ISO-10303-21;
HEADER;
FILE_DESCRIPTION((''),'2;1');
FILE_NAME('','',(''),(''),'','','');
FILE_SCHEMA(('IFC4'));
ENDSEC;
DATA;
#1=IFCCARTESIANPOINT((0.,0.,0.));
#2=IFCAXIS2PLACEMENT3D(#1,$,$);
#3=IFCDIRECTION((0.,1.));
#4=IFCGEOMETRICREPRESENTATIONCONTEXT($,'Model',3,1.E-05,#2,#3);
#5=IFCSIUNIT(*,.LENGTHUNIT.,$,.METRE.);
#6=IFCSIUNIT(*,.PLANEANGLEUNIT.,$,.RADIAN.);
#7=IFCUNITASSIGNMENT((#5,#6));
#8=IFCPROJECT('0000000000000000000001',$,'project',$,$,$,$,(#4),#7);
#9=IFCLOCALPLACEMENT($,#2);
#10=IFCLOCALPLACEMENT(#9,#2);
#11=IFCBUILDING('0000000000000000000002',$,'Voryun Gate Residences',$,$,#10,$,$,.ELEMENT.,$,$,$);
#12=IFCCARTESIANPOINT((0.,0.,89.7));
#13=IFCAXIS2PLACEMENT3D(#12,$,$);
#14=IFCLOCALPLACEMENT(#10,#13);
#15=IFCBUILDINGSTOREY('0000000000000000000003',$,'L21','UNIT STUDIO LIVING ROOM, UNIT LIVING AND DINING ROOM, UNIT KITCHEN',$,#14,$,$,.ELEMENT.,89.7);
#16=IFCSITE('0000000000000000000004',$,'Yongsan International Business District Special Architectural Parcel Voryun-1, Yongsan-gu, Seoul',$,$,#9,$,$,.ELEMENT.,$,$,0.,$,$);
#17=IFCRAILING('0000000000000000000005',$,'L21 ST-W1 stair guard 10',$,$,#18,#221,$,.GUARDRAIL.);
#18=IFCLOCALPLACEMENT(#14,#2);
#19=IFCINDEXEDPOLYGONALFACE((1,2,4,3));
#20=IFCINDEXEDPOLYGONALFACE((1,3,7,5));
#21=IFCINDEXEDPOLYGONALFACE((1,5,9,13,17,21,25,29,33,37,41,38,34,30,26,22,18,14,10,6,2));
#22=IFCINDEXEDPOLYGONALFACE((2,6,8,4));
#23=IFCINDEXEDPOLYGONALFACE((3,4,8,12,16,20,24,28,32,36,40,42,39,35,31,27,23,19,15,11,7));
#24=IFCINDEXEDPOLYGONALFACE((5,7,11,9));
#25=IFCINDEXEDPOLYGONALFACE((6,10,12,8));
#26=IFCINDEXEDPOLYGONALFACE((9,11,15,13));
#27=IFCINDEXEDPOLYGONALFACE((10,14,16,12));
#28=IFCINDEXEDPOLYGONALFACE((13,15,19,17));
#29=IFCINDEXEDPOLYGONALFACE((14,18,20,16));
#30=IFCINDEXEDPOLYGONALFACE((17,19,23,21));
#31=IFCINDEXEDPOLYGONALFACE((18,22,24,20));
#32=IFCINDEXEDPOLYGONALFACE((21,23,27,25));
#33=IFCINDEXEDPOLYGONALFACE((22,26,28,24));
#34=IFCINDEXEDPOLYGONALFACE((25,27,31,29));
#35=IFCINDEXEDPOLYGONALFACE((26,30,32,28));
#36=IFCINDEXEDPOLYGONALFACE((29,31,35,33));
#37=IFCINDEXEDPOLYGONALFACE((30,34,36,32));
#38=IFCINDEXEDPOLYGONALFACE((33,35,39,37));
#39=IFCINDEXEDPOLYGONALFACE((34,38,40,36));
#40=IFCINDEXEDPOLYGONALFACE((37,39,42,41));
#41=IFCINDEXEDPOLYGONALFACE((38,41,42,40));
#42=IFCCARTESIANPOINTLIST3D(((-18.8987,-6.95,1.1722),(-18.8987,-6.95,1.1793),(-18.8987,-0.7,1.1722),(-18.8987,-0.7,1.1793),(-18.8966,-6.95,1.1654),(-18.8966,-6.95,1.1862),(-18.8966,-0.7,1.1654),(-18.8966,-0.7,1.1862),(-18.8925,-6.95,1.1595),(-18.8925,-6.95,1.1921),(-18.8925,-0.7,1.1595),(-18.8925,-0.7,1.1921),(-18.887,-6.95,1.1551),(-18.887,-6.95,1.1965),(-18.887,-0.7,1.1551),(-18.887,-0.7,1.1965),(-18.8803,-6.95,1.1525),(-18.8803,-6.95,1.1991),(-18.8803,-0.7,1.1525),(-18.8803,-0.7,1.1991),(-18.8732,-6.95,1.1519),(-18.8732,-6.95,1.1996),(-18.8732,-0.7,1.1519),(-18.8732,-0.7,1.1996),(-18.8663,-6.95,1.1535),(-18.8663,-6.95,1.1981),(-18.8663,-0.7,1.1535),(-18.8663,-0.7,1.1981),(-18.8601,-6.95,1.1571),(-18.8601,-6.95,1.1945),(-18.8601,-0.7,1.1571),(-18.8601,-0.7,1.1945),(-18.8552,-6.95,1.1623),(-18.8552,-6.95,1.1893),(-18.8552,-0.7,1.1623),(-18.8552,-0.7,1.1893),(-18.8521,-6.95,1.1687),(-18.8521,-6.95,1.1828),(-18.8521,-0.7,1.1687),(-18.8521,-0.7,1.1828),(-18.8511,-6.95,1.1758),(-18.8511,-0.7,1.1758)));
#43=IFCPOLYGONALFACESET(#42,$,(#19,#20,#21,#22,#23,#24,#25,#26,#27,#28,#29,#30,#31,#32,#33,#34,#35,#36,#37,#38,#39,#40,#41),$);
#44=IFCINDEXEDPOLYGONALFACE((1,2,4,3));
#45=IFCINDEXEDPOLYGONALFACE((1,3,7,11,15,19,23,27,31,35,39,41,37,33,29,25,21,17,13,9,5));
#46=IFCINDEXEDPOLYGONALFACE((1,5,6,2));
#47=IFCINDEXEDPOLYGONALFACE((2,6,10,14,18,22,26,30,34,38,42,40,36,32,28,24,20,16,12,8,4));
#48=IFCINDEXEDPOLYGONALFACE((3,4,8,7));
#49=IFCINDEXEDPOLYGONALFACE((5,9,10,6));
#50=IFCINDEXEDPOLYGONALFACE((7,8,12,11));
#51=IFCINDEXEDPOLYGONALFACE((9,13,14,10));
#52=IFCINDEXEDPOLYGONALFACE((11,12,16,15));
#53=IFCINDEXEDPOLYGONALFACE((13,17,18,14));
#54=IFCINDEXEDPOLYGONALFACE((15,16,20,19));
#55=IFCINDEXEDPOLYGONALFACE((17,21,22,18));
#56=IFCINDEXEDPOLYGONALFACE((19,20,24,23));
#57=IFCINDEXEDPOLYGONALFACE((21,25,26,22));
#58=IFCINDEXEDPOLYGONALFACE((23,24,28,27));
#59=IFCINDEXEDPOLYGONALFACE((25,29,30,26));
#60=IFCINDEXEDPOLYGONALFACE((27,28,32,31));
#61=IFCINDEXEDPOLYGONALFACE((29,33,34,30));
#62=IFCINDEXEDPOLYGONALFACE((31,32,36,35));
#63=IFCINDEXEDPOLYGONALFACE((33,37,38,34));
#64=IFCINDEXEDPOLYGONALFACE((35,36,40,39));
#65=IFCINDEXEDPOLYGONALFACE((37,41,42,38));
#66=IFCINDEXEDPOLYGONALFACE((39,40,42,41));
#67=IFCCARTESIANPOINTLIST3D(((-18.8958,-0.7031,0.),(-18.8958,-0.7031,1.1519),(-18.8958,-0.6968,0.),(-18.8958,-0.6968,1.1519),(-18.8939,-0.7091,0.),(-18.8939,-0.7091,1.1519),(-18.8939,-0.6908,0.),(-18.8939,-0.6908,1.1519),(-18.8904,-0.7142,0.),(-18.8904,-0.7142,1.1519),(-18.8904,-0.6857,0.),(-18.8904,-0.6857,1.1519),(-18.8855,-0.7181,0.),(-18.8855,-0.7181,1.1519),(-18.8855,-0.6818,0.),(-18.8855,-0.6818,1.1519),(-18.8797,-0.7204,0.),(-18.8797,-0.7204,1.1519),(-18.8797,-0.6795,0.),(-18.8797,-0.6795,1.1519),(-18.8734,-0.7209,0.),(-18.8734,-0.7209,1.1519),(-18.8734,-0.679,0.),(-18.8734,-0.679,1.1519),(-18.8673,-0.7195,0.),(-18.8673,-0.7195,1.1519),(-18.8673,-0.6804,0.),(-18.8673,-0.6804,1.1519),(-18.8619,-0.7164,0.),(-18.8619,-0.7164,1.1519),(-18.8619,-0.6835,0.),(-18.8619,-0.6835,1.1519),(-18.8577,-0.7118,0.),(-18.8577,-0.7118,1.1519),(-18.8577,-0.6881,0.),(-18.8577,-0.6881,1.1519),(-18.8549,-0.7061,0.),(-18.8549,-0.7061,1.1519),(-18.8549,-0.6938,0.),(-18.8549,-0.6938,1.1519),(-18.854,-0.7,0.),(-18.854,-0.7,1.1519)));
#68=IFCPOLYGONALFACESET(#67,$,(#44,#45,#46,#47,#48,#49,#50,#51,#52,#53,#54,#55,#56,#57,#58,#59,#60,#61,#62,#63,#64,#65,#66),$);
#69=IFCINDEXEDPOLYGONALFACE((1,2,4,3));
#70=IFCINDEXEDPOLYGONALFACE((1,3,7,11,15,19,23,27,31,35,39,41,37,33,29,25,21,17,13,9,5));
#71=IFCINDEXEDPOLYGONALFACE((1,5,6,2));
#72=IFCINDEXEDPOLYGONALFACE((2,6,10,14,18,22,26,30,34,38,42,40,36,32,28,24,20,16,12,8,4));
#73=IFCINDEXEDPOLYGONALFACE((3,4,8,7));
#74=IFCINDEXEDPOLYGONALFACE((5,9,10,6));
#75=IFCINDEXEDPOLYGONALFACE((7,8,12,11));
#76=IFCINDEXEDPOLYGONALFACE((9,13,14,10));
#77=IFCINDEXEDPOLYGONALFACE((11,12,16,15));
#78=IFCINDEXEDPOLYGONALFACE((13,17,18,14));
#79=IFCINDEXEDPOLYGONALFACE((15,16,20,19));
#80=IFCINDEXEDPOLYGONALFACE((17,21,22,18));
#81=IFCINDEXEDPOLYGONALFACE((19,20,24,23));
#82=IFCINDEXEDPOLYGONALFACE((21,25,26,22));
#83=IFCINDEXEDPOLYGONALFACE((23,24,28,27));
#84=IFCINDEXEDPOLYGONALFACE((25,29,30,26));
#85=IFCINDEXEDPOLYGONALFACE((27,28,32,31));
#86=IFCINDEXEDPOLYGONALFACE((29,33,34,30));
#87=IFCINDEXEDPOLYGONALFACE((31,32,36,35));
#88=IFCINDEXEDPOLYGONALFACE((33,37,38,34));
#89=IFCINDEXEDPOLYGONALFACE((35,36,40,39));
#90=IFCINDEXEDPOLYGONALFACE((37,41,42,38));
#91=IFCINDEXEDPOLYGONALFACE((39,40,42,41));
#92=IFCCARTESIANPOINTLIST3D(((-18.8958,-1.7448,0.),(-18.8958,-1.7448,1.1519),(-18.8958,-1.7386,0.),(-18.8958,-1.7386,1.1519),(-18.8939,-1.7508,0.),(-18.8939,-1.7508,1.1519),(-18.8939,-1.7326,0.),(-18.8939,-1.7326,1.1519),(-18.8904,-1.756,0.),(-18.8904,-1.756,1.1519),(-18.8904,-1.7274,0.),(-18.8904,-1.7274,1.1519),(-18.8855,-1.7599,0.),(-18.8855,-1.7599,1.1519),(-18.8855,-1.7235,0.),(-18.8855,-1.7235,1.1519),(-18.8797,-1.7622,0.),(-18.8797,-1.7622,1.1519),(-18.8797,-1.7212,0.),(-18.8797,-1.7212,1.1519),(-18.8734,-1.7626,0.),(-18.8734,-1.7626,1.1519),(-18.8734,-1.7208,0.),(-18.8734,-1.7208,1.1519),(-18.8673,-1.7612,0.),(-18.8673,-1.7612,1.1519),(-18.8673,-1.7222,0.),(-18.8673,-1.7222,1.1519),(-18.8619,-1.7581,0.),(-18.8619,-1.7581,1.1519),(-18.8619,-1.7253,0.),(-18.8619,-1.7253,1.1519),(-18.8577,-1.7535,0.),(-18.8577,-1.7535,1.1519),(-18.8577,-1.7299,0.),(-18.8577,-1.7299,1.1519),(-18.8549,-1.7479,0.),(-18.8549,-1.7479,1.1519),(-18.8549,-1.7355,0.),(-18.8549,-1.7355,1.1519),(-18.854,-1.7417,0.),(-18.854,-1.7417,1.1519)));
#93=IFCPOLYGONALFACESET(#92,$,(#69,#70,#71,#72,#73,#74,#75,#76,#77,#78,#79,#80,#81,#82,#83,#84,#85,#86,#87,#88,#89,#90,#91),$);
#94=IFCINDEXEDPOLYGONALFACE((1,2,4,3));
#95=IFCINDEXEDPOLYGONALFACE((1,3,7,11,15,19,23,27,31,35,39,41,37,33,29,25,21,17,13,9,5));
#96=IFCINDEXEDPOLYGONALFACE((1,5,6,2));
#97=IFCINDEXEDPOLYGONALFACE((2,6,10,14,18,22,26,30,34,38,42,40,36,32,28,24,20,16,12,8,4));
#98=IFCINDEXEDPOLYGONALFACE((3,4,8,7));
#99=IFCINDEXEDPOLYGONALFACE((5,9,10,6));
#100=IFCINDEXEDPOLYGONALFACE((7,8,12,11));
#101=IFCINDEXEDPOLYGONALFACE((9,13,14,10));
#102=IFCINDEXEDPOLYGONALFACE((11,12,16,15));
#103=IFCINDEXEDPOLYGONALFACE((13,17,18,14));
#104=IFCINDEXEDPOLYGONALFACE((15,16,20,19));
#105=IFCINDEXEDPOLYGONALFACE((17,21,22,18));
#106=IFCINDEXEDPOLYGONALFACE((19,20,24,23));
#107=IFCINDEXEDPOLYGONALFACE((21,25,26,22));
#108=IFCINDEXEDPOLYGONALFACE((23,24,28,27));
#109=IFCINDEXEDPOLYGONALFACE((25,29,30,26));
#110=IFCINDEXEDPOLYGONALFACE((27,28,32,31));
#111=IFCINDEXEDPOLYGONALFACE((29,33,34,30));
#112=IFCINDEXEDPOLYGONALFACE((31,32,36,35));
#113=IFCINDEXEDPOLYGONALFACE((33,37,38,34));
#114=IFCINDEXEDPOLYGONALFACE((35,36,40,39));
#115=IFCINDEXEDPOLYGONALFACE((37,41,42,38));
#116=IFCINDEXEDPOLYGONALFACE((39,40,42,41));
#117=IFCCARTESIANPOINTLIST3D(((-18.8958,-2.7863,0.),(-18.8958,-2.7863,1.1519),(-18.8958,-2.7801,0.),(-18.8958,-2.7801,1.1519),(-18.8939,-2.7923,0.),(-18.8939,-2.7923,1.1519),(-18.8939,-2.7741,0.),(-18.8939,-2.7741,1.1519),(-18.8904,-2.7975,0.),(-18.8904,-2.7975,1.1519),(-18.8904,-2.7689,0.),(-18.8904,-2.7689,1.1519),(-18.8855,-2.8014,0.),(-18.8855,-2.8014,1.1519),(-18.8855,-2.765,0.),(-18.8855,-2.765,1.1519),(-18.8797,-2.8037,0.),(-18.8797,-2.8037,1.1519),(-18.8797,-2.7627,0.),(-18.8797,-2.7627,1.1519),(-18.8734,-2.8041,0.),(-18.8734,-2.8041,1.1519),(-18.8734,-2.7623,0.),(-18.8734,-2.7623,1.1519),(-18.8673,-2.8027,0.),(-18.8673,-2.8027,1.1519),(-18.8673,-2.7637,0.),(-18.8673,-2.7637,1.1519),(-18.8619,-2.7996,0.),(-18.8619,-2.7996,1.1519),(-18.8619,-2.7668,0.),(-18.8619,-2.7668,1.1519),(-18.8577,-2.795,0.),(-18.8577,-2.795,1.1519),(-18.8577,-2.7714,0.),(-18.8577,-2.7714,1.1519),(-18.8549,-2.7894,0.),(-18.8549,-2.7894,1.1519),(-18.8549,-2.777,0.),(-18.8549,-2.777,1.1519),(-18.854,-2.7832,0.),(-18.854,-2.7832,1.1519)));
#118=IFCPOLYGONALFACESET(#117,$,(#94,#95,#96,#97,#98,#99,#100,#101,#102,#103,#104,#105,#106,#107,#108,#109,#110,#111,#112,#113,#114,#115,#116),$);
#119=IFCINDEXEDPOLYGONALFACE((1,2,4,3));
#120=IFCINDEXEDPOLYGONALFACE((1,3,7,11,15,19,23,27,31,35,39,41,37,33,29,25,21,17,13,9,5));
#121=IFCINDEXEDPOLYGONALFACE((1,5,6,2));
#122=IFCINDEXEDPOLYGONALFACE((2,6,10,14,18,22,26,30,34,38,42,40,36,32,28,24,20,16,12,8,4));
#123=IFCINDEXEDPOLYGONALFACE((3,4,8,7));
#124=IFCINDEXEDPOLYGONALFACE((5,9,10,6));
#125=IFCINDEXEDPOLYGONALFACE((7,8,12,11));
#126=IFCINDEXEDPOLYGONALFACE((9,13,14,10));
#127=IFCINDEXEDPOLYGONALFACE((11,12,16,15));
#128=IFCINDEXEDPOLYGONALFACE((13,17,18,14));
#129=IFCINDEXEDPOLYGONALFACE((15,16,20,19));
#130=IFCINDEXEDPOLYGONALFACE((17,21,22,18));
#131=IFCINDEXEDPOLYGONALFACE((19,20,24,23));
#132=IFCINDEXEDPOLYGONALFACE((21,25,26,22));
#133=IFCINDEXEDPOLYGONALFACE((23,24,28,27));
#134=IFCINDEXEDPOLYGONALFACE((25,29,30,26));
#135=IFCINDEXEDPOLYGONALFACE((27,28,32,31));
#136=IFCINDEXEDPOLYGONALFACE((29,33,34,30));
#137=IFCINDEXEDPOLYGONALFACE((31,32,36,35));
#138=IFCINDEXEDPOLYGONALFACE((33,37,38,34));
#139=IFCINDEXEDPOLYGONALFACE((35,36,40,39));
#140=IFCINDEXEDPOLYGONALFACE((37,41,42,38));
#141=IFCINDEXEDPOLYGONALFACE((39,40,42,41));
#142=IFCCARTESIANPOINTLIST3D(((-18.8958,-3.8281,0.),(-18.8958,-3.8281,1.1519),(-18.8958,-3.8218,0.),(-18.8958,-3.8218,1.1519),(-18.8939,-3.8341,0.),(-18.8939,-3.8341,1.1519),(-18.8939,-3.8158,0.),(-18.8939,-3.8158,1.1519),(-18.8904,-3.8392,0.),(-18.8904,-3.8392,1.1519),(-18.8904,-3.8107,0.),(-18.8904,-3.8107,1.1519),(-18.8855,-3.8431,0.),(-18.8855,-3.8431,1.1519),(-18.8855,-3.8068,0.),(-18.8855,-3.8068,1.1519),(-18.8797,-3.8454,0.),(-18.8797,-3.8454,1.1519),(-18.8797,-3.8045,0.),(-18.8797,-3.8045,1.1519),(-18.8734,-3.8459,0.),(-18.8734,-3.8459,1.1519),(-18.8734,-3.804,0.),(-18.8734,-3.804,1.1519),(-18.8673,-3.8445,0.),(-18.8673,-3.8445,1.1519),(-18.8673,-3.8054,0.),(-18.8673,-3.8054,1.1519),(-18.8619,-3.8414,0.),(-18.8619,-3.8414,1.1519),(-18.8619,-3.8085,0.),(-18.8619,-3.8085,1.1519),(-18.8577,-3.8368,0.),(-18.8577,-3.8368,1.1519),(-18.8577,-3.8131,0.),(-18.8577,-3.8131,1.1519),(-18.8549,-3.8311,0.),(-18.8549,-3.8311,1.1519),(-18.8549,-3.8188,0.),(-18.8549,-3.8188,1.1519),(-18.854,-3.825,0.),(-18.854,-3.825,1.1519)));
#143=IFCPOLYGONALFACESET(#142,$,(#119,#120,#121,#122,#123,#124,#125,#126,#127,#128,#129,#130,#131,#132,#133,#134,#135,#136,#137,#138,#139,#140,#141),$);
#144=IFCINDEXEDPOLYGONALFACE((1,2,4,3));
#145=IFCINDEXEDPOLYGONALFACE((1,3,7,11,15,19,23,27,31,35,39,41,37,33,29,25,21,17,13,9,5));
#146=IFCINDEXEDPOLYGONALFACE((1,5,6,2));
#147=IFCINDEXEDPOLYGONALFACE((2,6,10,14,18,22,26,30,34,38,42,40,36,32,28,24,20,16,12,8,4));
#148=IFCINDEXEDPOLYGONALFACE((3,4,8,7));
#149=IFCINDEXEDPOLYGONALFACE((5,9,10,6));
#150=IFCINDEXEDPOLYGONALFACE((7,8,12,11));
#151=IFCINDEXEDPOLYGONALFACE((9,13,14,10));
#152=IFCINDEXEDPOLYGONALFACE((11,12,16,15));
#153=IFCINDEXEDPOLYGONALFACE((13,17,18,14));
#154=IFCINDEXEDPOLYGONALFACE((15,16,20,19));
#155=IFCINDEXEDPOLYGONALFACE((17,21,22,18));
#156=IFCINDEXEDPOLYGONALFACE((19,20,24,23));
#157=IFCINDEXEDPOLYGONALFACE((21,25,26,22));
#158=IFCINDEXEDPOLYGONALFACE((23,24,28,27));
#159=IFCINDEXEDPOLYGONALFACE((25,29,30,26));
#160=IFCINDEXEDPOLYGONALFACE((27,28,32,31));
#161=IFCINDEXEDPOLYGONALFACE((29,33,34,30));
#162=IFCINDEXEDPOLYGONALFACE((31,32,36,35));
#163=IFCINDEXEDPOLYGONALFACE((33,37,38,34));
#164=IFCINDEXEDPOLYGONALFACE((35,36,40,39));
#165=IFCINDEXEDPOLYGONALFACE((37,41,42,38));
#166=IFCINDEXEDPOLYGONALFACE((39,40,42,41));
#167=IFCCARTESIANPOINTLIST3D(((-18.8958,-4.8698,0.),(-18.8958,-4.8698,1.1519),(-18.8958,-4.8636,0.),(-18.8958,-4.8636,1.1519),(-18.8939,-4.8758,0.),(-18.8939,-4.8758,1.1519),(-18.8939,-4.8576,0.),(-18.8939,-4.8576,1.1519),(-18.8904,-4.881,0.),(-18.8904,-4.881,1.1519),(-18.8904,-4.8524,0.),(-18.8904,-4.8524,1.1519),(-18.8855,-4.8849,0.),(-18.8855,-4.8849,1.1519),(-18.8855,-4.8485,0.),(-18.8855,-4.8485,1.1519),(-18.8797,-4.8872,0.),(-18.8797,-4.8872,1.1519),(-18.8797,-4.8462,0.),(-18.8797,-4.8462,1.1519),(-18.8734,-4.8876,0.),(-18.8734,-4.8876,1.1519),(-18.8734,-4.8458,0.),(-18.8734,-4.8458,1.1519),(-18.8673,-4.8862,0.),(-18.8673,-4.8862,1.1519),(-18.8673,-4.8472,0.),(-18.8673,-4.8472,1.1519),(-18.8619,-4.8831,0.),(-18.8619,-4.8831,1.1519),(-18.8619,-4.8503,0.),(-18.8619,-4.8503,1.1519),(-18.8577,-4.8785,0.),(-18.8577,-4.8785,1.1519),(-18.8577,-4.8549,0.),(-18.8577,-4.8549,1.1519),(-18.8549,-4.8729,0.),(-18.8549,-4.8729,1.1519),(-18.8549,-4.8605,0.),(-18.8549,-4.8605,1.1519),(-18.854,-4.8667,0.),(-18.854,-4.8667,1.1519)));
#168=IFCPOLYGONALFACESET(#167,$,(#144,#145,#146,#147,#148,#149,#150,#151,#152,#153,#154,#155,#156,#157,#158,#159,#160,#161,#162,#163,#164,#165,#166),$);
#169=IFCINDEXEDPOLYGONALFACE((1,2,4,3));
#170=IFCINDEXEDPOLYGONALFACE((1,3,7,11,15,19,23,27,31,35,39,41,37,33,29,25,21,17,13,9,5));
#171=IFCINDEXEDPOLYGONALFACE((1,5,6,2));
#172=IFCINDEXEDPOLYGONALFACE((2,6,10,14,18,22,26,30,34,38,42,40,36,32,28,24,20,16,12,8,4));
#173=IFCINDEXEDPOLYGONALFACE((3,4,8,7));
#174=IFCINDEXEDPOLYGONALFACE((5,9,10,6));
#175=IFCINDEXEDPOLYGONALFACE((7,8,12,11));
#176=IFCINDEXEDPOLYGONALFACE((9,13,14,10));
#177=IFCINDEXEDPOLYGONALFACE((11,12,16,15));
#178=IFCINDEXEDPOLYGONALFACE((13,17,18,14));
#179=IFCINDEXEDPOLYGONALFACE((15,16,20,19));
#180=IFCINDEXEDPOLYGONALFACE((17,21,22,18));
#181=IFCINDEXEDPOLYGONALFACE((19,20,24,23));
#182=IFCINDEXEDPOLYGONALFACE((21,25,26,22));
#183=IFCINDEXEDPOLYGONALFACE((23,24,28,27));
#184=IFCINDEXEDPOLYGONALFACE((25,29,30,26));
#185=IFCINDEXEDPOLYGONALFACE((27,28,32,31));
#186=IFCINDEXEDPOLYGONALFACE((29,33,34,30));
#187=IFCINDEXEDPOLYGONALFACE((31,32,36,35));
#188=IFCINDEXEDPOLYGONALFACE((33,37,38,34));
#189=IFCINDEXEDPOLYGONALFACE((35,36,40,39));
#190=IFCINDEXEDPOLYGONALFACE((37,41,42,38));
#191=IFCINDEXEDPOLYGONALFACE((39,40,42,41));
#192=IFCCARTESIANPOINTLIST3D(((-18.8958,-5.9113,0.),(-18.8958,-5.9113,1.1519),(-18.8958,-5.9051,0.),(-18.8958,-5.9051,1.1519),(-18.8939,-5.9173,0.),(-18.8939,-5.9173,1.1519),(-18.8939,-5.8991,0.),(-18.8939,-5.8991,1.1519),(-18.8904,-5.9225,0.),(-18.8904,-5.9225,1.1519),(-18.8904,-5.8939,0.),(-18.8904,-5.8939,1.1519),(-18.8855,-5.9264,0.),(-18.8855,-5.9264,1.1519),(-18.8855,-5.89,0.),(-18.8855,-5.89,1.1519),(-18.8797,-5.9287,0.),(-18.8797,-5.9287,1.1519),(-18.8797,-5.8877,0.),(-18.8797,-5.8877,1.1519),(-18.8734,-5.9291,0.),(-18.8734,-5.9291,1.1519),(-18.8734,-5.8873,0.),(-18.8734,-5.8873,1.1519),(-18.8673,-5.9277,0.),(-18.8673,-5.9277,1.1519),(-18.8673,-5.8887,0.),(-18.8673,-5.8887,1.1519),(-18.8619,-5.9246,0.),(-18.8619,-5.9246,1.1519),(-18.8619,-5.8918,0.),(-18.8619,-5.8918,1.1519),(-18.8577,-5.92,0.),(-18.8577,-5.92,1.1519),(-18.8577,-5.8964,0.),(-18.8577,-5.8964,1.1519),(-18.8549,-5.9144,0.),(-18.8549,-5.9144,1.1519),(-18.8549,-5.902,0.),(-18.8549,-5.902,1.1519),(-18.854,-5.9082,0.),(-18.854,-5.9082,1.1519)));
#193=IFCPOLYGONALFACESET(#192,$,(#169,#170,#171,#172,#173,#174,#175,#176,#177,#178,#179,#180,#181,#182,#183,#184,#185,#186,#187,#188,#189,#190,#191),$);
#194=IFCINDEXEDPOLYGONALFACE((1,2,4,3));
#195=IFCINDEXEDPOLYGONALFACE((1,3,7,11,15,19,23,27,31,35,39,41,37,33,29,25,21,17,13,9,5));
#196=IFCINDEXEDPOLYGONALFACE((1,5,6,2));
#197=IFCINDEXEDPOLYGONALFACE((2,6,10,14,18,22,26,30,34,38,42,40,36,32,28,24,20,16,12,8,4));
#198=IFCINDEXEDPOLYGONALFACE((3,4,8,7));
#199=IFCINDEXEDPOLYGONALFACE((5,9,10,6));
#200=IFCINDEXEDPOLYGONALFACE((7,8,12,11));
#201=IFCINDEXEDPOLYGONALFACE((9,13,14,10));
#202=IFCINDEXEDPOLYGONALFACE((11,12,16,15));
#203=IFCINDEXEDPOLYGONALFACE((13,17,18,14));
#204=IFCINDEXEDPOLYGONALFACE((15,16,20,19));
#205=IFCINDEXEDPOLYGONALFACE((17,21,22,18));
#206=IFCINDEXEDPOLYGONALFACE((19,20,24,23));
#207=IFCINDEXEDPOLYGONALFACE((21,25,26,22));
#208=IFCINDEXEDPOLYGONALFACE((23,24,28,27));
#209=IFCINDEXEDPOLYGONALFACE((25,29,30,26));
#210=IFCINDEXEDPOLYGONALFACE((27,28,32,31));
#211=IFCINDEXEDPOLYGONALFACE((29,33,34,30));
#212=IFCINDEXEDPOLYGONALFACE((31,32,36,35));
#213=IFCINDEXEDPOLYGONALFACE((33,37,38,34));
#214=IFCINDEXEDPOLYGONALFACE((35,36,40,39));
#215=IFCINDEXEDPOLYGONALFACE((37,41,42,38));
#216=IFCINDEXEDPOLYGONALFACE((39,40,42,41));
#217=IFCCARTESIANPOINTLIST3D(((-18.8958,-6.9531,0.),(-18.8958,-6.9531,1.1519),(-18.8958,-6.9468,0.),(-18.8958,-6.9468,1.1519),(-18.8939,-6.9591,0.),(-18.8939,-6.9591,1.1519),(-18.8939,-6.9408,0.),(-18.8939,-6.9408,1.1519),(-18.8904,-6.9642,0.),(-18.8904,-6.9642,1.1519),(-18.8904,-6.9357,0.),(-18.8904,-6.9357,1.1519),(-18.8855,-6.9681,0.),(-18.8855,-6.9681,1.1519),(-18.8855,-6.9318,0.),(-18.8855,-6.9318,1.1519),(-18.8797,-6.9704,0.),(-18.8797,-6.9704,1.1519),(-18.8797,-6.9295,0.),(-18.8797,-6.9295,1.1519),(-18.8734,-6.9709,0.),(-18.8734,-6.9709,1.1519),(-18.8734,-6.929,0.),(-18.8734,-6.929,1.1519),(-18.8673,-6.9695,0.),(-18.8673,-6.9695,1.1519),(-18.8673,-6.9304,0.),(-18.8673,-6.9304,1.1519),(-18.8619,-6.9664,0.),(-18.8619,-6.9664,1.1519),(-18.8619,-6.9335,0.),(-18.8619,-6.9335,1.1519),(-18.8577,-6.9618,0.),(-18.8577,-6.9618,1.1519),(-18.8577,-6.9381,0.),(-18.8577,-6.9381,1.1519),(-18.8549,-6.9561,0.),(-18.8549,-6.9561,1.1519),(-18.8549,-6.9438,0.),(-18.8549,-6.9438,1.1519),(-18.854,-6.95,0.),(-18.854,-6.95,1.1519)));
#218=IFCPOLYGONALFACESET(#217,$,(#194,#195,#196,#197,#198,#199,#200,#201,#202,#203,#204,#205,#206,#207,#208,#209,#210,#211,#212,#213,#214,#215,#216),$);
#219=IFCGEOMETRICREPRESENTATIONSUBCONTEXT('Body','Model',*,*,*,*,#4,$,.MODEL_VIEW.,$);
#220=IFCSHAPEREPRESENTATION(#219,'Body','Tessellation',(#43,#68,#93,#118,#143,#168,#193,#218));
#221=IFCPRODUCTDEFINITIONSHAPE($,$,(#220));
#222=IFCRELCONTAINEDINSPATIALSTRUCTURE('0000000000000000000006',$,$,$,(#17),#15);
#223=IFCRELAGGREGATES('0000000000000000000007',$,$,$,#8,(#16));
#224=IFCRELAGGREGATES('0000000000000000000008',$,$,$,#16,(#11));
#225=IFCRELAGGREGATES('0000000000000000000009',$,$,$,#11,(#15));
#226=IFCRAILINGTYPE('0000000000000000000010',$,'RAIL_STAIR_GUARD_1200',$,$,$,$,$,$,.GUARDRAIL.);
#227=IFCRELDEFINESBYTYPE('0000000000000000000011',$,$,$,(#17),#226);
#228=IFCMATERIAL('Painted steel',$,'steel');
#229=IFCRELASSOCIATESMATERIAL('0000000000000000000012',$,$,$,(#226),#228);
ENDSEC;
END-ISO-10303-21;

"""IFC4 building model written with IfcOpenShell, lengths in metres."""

from ifc_helpers import new_model, si_unit, direction, frame, origin, origin_2d, place, context, subcontext, project, spatial, circle, extrude, material, type_object, element, save


model = new_model("IFC4")

# Units and contexts
model_context = context("Model", 3, precision=1e-05, world=origin(), true_north=direction((0.0, 1.0)))
body_context = subcontext(model_context, "Body", "Model", "MODEL_VIEW")
ifc_project = project(units=[si_unit("LENGTHUNIT", "METRE"), si_unit("PLANEANGLEUNIT", "RADIAN")], contexts=[model_context])

# Site, building, storey
site_placement = place(None, origin())
site = spatial("IfcSite", under=ifc_project, at=site_placement, Name="Yongsan International Business District Special Architectural Parcel Voryun-1, Yongsan-gu, Seoul", CompositionType="ELEMENT", RefElevation=0.0)
building_placement = place(site_placement, origin())
building = spatial("IfcBuilding", under=site, at=building_placement, Name="Voryun Gate Residences", CompositionType="ELEMENT")
storey_placement = place(building_placement, frame((0.0, 0.0, 89.7)))
storey = spatial("IfcBuildingStorey", under=building, at=storey_placement, Name="L21", Description="UNIT STUDIO LIVING ROOM, UNIT LIVING AND DINING ROOM, UNIT KITCHEN", CompositionType="ELEMENT", Elevation=89.7)

# Railing
ifc_material_1 = material(Name="Painted steel", Category="steel")
railing_type_1 = type_object("IfcRailingType", Name="RAIL_STAIR_GUARD_1200", PredefinedType="GUARDRAIL", material=ifc_material_1)
railing_1_placement = place(storey_placement, frame((-18.875, -0.7, 0.0)))
element("IfcRailing", 1, at=railing_1_placement, inside=storey, type_object=railing_type_1, Name="L21 ST-W1 stair guard 10", PredefinedType="GUARDRAIL", context=body_context, shape_type="SweptSolid", body=[
    extrude(circle(Radius=0.0239, at=origin_2d()), frame((0.0, 0.0, 1.1758), z_axis=(0.0, -1.0, 0.0), x_axis=(1.0, 0.0, 0.0)), (0.0, 0.0, 1.0), 6.25),
    extrude(circle(Radius=0.021, at=origin_2d()), origin(), (0.0, 0.0, 1.0), 1.1519),
    extrude(circle(Radius=0.021, at=origin_2d()), frame((0.0, -1.0417, 0.0)), (0.0, 0.0, 1.0), 1.1519),
    extrude(circle(Radius=0.021, at=origin_2d()), frame((0.0, -2.0833, 0.0)), (0.0, 0.0, 1.0), 1.1519),
    extrude(circle(Radius=0.021, at=origin_2d()), frame((0.0, -3.125, 0.0)), (0.0, 0.0, 1.0), 1.1519),
    extrude(circle(Radius=0.021, at=origin_2d()), frame((0.0, -4.1667, 0.0)), (0.0, 0.0, 1.0), 1.1519),
    extrude(circle(Radius=0.021, at=origin_2d()), frame((0.0, -5.2083, 0.0)), (0.0, 0.0, 1.0), 1.1519),
    extrude(circle(Radius=0.021, at=origin_2d()), frame((0.0, -6.25, 0.0)), (0.0, 0.0, 1.0), 1.1519),
])

save(model, "model.ifc")
